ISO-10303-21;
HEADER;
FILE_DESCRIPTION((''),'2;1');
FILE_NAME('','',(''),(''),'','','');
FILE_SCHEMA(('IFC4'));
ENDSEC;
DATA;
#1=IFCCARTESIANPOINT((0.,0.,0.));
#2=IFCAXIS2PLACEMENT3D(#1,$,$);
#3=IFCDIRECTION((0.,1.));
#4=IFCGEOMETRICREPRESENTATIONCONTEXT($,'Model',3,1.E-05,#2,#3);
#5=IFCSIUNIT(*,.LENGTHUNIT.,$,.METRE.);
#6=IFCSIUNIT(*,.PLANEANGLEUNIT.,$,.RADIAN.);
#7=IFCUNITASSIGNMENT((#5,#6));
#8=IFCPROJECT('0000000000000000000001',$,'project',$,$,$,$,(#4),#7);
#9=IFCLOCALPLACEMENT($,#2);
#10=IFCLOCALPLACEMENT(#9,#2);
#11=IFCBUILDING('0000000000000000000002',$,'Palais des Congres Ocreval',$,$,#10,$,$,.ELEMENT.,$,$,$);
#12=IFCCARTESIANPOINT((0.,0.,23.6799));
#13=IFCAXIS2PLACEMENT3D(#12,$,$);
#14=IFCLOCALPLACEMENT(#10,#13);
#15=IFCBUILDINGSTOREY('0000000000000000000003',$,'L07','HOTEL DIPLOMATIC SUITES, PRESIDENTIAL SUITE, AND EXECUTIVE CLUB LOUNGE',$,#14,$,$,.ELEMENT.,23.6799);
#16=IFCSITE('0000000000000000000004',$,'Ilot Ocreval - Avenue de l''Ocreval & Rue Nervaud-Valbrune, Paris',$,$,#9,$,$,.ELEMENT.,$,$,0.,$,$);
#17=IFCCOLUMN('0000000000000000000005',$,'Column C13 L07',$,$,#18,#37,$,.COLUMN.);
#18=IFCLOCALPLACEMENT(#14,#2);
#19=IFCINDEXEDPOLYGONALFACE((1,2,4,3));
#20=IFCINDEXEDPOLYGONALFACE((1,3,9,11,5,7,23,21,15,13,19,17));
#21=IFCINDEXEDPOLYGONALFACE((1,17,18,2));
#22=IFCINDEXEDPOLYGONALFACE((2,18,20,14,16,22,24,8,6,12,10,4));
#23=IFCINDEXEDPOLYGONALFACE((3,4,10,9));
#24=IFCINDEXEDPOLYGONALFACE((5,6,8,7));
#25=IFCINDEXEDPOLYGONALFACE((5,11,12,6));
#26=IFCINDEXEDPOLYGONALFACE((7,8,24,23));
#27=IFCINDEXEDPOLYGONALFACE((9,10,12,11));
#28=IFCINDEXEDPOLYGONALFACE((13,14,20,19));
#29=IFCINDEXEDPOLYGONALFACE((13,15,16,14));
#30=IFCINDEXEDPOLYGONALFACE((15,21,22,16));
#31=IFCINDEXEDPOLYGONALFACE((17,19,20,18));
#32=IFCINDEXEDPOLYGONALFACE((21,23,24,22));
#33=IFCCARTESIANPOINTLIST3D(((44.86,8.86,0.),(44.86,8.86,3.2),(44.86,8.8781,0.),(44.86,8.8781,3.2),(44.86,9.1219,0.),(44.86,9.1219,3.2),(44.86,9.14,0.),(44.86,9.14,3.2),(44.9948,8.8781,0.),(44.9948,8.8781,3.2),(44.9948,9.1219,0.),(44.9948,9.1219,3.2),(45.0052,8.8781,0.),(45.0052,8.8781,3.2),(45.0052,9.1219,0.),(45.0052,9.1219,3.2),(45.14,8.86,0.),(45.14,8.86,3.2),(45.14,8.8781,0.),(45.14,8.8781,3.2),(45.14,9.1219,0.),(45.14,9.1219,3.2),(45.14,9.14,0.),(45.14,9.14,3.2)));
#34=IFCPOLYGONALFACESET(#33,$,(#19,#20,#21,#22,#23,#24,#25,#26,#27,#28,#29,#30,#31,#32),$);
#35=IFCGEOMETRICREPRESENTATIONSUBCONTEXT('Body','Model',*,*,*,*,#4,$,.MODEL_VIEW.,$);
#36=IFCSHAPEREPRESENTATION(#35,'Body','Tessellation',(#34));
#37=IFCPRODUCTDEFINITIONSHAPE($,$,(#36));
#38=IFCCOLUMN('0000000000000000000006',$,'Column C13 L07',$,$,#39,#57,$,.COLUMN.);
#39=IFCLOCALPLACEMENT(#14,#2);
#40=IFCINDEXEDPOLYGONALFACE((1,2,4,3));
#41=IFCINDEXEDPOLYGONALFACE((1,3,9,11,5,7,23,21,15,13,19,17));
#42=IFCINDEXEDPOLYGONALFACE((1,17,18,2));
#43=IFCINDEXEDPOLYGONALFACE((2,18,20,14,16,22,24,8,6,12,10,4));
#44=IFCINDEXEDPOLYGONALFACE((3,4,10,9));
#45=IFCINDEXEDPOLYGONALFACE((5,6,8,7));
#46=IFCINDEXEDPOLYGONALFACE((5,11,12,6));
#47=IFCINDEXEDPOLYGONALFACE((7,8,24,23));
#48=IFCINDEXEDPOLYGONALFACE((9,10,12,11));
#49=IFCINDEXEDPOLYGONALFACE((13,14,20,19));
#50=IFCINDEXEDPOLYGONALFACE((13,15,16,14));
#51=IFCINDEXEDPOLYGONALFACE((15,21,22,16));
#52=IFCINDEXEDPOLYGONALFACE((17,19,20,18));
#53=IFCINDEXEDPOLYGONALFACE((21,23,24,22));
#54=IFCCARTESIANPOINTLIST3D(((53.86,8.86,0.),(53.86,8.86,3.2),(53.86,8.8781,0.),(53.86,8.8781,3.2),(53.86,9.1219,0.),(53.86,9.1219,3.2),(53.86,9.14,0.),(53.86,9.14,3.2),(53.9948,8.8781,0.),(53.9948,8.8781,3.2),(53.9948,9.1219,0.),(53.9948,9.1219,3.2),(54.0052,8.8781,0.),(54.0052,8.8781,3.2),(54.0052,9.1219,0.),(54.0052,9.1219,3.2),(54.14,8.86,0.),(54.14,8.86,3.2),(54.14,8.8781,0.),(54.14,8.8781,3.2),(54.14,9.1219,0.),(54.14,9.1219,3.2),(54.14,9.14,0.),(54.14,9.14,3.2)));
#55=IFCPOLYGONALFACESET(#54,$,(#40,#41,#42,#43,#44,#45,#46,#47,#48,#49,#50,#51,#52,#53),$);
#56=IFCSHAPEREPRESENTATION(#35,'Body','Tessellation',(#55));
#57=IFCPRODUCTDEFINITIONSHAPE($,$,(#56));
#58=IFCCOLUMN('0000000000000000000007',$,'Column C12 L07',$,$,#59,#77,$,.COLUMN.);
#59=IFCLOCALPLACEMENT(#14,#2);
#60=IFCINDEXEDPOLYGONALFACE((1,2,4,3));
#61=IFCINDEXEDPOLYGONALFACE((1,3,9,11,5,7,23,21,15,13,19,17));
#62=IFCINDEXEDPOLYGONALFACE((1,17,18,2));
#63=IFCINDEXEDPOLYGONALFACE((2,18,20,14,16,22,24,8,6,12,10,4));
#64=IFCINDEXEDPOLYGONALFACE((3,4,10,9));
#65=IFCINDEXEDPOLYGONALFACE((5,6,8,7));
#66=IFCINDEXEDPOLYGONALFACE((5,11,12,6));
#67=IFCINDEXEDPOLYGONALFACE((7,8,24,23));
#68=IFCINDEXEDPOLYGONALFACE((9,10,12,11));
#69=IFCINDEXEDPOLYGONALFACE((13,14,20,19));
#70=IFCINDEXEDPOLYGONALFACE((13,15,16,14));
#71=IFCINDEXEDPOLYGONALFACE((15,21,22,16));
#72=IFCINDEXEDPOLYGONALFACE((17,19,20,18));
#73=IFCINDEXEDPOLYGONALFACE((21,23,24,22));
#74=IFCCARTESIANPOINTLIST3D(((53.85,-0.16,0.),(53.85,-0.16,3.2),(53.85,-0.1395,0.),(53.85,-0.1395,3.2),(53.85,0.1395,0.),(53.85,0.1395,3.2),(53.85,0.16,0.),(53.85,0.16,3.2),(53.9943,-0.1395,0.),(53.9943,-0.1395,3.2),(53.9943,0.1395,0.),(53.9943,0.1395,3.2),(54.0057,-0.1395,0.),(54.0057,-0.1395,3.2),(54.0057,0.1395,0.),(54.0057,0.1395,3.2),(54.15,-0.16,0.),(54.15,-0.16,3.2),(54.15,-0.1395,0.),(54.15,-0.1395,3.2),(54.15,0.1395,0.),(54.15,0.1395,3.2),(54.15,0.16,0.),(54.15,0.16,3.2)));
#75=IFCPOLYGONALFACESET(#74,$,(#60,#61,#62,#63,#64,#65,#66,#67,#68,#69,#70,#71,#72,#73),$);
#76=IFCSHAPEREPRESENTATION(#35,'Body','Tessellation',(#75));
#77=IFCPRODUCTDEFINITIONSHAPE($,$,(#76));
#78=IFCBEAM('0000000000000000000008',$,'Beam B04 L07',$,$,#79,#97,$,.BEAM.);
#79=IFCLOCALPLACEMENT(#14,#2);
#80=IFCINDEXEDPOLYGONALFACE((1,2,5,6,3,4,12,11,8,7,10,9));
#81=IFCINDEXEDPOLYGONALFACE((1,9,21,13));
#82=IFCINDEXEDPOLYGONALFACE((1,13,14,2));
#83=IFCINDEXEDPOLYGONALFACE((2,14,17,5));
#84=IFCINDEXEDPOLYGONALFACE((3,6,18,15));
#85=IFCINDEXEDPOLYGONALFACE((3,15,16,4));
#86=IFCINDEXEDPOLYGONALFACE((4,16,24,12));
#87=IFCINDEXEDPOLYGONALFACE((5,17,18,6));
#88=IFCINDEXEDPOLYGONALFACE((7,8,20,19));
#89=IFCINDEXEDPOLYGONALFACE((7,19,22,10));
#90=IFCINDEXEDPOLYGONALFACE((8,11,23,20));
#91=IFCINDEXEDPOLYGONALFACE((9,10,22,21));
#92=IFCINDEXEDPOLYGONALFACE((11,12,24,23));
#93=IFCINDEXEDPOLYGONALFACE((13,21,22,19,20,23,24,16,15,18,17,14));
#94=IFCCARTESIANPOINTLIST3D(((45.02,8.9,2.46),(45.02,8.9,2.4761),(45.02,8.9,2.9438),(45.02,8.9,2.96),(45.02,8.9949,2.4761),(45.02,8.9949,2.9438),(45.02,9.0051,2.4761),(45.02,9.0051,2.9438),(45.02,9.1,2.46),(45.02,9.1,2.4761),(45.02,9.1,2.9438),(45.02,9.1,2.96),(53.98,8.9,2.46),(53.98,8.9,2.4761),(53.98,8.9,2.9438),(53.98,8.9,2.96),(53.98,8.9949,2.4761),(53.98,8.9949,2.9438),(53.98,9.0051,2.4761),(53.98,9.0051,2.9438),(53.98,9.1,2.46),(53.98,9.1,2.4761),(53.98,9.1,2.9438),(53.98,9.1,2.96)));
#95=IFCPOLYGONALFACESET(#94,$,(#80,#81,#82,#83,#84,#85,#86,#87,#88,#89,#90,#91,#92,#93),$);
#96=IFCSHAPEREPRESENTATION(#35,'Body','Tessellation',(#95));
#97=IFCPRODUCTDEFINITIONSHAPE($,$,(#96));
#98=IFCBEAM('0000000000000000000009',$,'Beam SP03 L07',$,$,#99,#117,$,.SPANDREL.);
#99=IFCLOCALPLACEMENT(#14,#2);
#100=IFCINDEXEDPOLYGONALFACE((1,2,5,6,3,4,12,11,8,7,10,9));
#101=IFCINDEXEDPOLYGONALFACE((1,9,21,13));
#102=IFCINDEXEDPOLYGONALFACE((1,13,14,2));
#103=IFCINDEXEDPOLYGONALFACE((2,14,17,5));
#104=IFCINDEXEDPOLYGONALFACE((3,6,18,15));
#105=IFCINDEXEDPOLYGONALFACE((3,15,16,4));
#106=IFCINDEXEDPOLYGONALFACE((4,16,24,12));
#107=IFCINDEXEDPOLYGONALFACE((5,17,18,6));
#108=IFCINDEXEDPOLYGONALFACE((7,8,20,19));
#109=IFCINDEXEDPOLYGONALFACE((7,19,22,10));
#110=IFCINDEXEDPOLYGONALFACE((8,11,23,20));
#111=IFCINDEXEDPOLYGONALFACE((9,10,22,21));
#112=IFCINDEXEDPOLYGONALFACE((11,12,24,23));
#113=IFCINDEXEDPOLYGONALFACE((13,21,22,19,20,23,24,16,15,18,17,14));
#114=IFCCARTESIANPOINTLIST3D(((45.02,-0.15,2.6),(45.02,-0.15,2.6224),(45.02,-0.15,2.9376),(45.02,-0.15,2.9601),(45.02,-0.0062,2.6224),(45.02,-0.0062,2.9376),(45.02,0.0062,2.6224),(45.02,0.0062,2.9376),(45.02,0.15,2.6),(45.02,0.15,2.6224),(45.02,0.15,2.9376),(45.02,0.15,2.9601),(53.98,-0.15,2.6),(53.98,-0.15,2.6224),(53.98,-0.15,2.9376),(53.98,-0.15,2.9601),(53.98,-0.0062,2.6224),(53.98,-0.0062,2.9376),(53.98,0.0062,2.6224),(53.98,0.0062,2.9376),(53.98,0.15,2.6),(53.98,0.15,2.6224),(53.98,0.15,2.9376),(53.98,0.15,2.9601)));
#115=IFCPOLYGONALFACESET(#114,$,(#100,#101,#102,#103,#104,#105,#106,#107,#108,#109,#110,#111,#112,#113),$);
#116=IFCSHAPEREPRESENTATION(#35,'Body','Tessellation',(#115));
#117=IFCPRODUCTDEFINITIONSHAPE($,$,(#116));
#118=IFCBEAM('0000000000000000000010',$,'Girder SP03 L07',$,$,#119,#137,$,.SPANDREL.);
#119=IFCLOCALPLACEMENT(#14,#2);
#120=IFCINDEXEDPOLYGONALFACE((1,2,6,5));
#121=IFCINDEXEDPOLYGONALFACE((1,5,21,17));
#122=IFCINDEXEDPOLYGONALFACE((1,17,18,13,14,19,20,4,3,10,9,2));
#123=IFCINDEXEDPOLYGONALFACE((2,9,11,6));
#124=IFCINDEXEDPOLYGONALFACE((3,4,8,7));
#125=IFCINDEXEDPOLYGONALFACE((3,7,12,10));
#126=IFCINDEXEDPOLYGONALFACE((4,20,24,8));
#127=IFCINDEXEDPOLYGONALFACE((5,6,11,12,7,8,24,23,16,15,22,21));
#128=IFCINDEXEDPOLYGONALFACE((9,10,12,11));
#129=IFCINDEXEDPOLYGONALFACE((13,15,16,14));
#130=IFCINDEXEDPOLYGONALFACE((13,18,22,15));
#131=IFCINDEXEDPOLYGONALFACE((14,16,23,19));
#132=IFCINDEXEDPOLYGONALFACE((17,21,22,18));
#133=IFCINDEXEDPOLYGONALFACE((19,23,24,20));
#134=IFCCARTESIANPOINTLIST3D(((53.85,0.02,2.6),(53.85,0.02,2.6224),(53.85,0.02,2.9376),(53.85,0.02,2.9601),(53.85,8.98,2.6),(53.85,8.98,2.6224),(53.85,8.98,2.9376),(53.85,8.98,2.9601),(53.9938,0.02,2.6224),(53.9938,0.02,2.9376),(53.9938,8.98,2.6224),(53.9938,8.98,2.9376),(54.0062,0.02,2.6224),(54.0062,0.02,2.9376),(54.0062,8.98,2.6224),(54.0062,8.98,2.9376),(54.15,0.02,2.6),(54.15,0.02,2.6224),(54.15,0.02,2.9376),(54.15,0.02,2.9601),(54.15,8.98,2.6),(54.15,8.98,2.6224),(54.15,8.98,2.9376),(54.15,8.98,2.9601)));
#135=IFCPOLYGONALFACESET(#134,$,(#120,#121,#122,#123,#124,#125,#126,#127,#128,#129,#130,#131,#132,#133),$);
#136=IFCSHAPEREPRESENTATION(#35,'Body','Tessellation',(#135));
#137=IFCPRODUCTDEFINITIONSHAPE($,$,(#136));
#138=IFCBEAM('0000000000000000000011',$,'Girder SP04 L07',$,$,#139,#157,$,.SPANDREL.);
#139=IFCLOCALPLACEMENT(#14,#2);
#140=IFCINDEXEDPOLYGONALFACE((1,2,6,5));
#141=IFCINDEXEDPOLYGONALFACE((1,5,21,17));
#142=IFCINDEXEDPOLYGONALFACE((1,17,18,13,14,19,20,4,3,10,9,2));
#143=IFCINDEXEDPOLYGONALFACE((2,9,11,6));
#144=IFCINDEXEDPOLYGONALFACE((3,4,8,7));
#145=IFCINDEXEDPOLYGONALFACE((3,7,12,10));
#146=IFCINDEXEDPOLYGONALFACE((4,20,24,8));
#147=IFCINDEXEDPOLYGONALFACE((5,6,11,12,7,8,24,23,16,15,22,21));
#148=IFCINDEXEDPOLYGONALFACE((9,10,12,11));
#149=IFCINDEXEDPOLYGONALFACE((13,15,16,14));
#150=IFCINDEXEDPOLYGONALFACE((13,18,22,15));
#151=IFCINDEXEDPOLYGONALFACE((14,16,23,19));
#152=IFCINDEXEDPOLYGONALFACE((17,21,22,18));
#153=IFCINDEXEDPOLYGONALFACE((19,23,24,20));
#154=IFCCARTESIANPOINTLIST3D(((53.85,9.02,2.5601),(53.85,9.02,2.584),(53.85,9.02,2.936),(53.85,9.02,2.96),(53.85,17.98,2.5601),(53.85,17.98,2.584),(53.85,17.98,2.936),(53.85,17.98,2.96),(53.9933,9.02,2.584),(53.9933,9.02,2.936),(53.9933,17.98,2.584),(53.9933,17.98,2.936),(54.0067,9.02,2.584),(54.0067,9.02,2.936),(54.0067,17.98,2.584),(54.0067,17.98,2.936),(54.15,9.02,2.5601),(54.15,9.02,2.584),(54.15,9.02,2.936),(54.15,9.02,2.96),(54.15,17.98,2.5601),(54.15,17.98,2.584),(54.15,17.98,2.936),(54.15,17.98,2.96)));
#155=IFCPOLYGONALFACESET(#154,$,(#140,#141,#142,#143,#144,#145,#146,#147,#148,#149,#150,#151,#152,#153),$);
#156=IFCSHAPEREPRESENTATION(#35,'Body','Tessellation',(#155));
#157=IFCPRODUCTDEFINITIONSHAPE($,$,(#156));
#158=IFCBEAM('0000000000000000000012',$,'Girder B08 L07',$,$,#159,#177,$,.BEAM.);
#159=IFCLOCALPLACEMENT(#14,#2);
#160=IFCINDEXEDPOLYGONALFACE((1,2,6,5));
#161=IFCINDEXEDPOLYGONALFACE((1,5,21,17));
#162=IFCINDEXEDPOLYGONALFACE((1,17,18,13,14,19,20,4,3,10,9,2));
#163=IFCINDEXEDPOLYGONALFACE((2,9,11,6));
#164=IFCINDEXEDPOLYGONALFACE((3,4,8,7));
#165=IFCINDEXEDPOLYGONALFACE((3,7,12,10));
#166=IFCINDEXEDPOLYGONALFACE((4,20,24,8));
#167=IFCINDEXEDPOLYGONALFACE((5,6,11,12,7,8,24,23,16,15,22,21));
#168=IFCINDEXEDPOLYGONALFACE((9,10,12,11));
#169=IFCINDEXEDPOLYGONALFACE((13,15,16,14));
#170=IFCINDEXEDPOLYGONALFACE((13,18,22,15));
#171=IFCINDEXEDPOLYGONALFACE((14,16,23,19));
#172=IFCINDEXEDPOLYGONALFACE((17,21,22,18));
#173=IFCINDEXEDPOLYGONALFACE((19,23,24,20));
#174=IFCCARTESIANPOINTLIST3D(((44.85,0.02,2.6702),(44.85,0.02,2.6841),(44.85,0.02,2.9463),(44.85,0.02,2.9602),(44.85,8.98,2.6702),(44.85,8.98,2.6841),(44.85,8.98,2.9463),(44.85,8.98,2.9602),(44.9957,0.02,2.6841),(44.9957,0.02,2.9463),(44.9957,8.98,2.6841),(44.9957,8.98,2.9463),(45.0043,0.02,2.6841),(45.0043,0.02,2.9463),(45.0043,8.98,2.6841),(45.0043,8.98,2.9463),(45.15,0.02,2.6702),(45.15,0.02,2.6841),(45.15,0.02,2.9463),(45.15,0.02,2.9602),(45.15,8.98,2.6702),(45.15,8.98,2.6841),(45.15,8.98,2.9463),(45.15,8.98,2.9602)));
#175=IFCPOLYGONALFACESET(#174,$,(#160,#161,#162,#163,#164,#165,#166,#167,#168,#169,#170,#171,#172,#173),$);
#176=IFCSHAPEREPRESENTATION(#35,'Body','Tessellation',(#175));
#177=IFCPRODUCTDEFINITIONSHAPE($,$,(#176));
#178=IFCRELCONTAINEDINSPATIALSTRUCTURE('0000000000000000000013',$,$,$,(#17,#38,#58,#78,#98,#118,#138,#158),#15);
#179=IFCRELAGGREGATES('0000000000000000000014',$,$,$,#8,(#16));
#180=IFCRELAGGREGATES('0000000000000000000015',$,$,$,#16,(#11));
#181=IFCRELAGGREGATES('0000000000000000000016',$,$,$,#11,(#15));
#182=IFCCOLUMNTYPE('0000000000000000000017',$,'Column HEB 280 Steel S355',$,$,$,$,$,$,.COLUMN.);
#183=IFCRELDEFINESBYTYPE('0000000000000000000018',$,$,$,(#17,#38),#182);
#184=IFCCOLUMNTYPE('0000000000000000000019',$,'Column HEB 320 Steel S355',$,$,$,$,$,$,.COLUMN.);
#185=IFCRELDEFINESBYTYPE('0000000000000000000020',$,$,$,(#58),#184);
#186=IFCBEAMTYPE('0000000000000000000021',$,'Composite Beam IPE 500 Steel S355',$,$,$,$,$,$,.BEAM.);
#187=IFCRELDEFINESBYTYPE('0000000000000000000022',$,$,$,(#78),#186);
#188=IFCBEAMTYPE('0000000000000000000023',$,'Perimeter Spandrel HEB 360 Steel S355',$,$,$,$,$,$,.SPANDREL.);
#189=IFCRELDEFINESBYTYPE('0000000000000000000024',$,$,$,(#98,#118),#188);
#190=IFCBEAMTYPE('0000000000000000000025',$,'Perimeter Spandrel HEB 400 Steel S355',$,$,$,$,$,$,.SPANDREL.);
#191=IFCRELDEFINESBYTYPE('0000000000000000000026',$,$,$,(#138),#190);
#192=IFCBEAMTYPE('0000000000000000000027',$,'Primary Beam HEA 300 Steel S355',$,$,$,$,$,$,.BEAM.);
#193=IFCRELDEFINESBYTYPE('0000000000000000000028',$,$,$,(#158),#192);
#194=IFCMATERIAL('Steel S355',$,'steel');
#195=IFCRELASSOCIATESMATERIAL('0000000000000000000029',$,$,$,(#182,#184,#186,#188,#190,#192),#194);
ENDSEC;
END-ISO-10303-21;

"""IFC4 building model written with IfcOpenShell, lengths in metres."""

from ifc_helpers import new_model, si_unit, direction, frame, origin, origin_2d, place, context, subcontext, project, spatial, i_section, extrude, material, material_profile, profile_set, type_object, element, save


model = new_model("IFC4")

# Units and contexts
model_context = context("Model", 3, precision=1e-05, world=origin(), true_north=direction((0.0, 1.0)))
body_context = subcontext(model_context, "Body", "Model", "MODEL_VIEW")
ifc_project = project(units=[si_unit("LENGTHUNIT", "METRE"), si_unit("PLANEANGLEUNIT", "RADIAN")], contexts=[model_context])

# Site, building, storey
site_placement = place(None, origin())
site = spatial("IfcSite", under=ifc_project, at=site_placement, Name="Ilot Ocreval - Avenue de l'Ocreval & Rue Nervaud-Valbrune, Paris", CompositionType="ELEMENT", RefElevation=0.0)
building_placement = place(site_placement, origin())
building = spatial("IfcBuilding", under=site, at=building_placement, Name="Palais des Congres Ocreval", CompositionType="ELEMENT")
storey_placement = place(building_placement, frame((0.0, 0.0, 23.6799)))
storey = spatial("IfcBuildingStorey", under=building, at=storey_placement, Name="L07", Description="HOTEL DIPLOMATIC SUITES, PRESIDENTIAL SUITE, AND EXECUTIVE CLUB LOUNGE", CompositionType="ELEMENT", Elevation=23.6799)

# Columns
ifc_material_1 = material(Name="Steel S355", Category="steel")
ifc_material_profile_1 = material_profile(ifc_material_1, i_section(OverallWidth=0.28, OverallDepth=0.28, WebThickness=0.0105, FlangeThickness=0.0181, at=origin_2d()), Name="HEB 280")
ifc_profile_set_1 = profile_set([ifc_material_profile_1], Name="Steel S355")
column_type_1 = type_object("IfcColumnType", Name="Column HEB 280 Steel S355", PredefinedType="COLUMN", material=ifc_profile_set_1)
for number, where, z_axis, x_axis, name in (
    (1, (45.0, 9.0, 0.0), (0.0, 0.0, 1.0), (1.0, 0.0, 0.0), "Column C13 L07"),
    (2, (54.0, 9.0, 0.0), (0.0, 0.0, 1.0), (1.0, 0.0, 0.0), "Column C13 L07"),
):
    element("IfcColumn", number, at=place(storey_placement, frame(where, z_axis=z_axis, x_axis=x_axis)), inside=storey, type_object=column_type_1, Name=name, PredefinedType="COLUMN", context=body_context, shape_type="SweptSolid", body=[
        extrude(i_section(OverallWidth=0.28, OverallDepth=0.28, WebThickness=0.0105, FlangeThickness=0.0181, at=origin_2d()), origin(), (0.0, 0.0, 1.0), 3.2),
    ])
ifc_material_profile_2 = material_profile(ifc_material_1, i_section(OverallWidth=0.3, OverallDepth=0.3201, WebThickness=0.0115, FlangeThickness=0.0205, at=origin_2d()), Name="HEB 320")
ifc_profile_set_2 = profile_set([ifc_material_profile_2], Name="Steel S355")
column_type_2 = type_object("IfcColumnType", Name="Column HEB 320 Steel S355", PredefinedType="COLUMN", material=ifc_profile_set_2)
column_placement = place(storey_placement, frame((54.0, 0.0, 0.0), z_axis=(0.0, 0.0, 1.0), x_axis=(1.0, 0.0, 0.0)))
element("IfcColumn", 3, at=column_placement, inside=storey, type_object=column_type_2, Name="Column C12 L07", PredefinedType="COLUMN", context=body_context, shape_type="SweptSolid", body=[
    extrude(i_section(OverallWidth=0.3, OverallDepth=0.3201, WebThickness=0.0115, FlangeThickness=0.0205, at=origin_2d()), origin(), (0.0, 0.0, 1.0), 3.2),
])

# Beams
ifc_material_profile_3 = material_profile(ifc_material_1, i_section(OverallWidth=0.2, OverallDepth=0.5, WebThickness=0.0103, FlangeThickness=0.0161, at=origin_2d()), Name="IPE 500")
ifc_profile_set_3 = profile_set([ifc_material_profile_3], Name="Steel S355")
beam_type_1 = type_object("IfcBeamType", Name="Composite Beam IPE 500 Steel S355", PredefinedType="BEAM", material=ifc_profile_set_3)
beam_1_placement = place(storey_placement, frame((45.02, 9.0, 2.71), z_axis=(1.0, 0.0, 0.0), x_axis=(0.0, 1.0, 0.0)))
element("IfcBeam", 4, at=beam_1_placement, inside=storey, type_object=beam_type_1, Name="Beam B04 L07", PredefinedType="BEAM", context=body_context, shape_type="SweptSolid", body=[
    extrude(i_section(OverallWidth=0.2, OverallDepth=0.5, WebThickness=0.0103, FlangeThickness=0.0161, at=origin_2d()), origin(), (0.0, 0.0, 1.0), 8.96),
])
ifc_material_profile_4 = material_profile(ifc_material_1, i_section(OverallWidth=0.3, OverallDepth=0.3601, WebThickness=0.0125, FlangeThickness=0.0225, at=origin_2d()), Name="HEB 360")
ifc_profile_set_4 = profile_set([ifc_material_profile_4], Name="Steel S355")
beam_type_2 = type_object("IfcBeamType", Name="Perimeter Spandrel HEB 360 Steel S355", PredefinedType="SPANDREL", material=ifc_profile_set_4)
for number, where, z_axis, x_axis, name in (
    (5, (45.02, 0.0, 2.78), (1.0, 0.0, 0.0), (0.0, 1.0, 0.0), "Beam SP03 L07"),
    (6, (54.0, 0.02, 2.78), (0.0, 1.0, 0.0), (-1.0, 0.0, 0.0), "Girder SP03 L07"),
):
    element("IfcBeam", number, at=place(storey_placement, frame(where, z_axis=z_axis, x_axis=x_axis)), inside=storey, type_object=beam_type_2, Name=name, PredefinedType="SPANDREL", context=body_context, shape_type="SweptSolid", body=[
        extrude(i_section(OverallWidth=0.3, OverallDepth=0.3601, WebThickness=0.0125, FlangeThickness=0.0225, at=origin_2d()), origin(), (0.0, 0.0, 1.0), 8.96),
    ])
ifc_material_profile_5 = material_profile(ifc_material_1, i_section(OverallWidth=0.3, OverallDepth=0.3999, WebThickness=0.0134, FlangeThickness=0.0239, at=origin_2d()), Name="HEB 400")
ifc_profile_set_5 = profile_set([ifc_material_profile_5], Name="Steel S355")
beam_type_3 = type_object("IfcBeamType", Name="Perimeter Spandrel HEB 400 Steel S355", PredefinedType="SPANDREL", material=ifc_profile_set_5)
beam_2_placement = place(storey_placement, frame((54.0, 9.02, 2.76), z_axis=(0.0, 1.0, 0.0), x_axis=(-1.0, 0.0, 0.0)))
element("IfcBeam", 7, at=beam_2_placement, inside=storey, type_object=beam_type_3, Name="Girder SP04 L07", PredefinedType="SPANDREL", context=body_context, shape_type="SweptSolid", body=[
    extrude(i_section(OverallWidth=0.3, OverallDepth=0.3999, WebThickness=0.0134, FlangeThickness=0.0239, at=origin_2d()), origin(), (0.0, 0.0, 1.0), 8.96),
])
ifc_material_profile_6 = material_profile(ifc_material_1, i_section(OverallWidth=0.3, OverallDepth=0.29, WebThickness=0.0085, FlangeThickness=0.0139, at=origin_2d()), Name="HEA 300")
ifc_profile_set_6 = profile_set([ifc_material_profile_6], Name="Steel S355")
beam_type_4 = type_object("IfcBeamType", Name="Primary Beam HEA 300 Steel S355", PredefinedType="BEAM", material=ifc_profile_set_6)
beam_3_placement = place(storey_placement, frame((45.0, 0.02, 2.8152), z_axis=(0.0, 1.0, 0.0), x_axis=(-1.0, 0.0, 0.0)))
element("IfcBeam", 8, at=beam_3_placement, inside=storey, type_object=beam_type_4, Name="Girder B08 L07", PredefinedType="BEAM", context=body_context, shape_type="SweptSolid", body=[
    extrude(i_section(OverallWidth=0.3, OverallDepth=0.29, WebThickness=0.0085, FlangeThickness=0.0139, at=origin_2d()), origin(), (0.0, 0.0, 1.0), 8.96),
])

save(model, "model.ifc")
